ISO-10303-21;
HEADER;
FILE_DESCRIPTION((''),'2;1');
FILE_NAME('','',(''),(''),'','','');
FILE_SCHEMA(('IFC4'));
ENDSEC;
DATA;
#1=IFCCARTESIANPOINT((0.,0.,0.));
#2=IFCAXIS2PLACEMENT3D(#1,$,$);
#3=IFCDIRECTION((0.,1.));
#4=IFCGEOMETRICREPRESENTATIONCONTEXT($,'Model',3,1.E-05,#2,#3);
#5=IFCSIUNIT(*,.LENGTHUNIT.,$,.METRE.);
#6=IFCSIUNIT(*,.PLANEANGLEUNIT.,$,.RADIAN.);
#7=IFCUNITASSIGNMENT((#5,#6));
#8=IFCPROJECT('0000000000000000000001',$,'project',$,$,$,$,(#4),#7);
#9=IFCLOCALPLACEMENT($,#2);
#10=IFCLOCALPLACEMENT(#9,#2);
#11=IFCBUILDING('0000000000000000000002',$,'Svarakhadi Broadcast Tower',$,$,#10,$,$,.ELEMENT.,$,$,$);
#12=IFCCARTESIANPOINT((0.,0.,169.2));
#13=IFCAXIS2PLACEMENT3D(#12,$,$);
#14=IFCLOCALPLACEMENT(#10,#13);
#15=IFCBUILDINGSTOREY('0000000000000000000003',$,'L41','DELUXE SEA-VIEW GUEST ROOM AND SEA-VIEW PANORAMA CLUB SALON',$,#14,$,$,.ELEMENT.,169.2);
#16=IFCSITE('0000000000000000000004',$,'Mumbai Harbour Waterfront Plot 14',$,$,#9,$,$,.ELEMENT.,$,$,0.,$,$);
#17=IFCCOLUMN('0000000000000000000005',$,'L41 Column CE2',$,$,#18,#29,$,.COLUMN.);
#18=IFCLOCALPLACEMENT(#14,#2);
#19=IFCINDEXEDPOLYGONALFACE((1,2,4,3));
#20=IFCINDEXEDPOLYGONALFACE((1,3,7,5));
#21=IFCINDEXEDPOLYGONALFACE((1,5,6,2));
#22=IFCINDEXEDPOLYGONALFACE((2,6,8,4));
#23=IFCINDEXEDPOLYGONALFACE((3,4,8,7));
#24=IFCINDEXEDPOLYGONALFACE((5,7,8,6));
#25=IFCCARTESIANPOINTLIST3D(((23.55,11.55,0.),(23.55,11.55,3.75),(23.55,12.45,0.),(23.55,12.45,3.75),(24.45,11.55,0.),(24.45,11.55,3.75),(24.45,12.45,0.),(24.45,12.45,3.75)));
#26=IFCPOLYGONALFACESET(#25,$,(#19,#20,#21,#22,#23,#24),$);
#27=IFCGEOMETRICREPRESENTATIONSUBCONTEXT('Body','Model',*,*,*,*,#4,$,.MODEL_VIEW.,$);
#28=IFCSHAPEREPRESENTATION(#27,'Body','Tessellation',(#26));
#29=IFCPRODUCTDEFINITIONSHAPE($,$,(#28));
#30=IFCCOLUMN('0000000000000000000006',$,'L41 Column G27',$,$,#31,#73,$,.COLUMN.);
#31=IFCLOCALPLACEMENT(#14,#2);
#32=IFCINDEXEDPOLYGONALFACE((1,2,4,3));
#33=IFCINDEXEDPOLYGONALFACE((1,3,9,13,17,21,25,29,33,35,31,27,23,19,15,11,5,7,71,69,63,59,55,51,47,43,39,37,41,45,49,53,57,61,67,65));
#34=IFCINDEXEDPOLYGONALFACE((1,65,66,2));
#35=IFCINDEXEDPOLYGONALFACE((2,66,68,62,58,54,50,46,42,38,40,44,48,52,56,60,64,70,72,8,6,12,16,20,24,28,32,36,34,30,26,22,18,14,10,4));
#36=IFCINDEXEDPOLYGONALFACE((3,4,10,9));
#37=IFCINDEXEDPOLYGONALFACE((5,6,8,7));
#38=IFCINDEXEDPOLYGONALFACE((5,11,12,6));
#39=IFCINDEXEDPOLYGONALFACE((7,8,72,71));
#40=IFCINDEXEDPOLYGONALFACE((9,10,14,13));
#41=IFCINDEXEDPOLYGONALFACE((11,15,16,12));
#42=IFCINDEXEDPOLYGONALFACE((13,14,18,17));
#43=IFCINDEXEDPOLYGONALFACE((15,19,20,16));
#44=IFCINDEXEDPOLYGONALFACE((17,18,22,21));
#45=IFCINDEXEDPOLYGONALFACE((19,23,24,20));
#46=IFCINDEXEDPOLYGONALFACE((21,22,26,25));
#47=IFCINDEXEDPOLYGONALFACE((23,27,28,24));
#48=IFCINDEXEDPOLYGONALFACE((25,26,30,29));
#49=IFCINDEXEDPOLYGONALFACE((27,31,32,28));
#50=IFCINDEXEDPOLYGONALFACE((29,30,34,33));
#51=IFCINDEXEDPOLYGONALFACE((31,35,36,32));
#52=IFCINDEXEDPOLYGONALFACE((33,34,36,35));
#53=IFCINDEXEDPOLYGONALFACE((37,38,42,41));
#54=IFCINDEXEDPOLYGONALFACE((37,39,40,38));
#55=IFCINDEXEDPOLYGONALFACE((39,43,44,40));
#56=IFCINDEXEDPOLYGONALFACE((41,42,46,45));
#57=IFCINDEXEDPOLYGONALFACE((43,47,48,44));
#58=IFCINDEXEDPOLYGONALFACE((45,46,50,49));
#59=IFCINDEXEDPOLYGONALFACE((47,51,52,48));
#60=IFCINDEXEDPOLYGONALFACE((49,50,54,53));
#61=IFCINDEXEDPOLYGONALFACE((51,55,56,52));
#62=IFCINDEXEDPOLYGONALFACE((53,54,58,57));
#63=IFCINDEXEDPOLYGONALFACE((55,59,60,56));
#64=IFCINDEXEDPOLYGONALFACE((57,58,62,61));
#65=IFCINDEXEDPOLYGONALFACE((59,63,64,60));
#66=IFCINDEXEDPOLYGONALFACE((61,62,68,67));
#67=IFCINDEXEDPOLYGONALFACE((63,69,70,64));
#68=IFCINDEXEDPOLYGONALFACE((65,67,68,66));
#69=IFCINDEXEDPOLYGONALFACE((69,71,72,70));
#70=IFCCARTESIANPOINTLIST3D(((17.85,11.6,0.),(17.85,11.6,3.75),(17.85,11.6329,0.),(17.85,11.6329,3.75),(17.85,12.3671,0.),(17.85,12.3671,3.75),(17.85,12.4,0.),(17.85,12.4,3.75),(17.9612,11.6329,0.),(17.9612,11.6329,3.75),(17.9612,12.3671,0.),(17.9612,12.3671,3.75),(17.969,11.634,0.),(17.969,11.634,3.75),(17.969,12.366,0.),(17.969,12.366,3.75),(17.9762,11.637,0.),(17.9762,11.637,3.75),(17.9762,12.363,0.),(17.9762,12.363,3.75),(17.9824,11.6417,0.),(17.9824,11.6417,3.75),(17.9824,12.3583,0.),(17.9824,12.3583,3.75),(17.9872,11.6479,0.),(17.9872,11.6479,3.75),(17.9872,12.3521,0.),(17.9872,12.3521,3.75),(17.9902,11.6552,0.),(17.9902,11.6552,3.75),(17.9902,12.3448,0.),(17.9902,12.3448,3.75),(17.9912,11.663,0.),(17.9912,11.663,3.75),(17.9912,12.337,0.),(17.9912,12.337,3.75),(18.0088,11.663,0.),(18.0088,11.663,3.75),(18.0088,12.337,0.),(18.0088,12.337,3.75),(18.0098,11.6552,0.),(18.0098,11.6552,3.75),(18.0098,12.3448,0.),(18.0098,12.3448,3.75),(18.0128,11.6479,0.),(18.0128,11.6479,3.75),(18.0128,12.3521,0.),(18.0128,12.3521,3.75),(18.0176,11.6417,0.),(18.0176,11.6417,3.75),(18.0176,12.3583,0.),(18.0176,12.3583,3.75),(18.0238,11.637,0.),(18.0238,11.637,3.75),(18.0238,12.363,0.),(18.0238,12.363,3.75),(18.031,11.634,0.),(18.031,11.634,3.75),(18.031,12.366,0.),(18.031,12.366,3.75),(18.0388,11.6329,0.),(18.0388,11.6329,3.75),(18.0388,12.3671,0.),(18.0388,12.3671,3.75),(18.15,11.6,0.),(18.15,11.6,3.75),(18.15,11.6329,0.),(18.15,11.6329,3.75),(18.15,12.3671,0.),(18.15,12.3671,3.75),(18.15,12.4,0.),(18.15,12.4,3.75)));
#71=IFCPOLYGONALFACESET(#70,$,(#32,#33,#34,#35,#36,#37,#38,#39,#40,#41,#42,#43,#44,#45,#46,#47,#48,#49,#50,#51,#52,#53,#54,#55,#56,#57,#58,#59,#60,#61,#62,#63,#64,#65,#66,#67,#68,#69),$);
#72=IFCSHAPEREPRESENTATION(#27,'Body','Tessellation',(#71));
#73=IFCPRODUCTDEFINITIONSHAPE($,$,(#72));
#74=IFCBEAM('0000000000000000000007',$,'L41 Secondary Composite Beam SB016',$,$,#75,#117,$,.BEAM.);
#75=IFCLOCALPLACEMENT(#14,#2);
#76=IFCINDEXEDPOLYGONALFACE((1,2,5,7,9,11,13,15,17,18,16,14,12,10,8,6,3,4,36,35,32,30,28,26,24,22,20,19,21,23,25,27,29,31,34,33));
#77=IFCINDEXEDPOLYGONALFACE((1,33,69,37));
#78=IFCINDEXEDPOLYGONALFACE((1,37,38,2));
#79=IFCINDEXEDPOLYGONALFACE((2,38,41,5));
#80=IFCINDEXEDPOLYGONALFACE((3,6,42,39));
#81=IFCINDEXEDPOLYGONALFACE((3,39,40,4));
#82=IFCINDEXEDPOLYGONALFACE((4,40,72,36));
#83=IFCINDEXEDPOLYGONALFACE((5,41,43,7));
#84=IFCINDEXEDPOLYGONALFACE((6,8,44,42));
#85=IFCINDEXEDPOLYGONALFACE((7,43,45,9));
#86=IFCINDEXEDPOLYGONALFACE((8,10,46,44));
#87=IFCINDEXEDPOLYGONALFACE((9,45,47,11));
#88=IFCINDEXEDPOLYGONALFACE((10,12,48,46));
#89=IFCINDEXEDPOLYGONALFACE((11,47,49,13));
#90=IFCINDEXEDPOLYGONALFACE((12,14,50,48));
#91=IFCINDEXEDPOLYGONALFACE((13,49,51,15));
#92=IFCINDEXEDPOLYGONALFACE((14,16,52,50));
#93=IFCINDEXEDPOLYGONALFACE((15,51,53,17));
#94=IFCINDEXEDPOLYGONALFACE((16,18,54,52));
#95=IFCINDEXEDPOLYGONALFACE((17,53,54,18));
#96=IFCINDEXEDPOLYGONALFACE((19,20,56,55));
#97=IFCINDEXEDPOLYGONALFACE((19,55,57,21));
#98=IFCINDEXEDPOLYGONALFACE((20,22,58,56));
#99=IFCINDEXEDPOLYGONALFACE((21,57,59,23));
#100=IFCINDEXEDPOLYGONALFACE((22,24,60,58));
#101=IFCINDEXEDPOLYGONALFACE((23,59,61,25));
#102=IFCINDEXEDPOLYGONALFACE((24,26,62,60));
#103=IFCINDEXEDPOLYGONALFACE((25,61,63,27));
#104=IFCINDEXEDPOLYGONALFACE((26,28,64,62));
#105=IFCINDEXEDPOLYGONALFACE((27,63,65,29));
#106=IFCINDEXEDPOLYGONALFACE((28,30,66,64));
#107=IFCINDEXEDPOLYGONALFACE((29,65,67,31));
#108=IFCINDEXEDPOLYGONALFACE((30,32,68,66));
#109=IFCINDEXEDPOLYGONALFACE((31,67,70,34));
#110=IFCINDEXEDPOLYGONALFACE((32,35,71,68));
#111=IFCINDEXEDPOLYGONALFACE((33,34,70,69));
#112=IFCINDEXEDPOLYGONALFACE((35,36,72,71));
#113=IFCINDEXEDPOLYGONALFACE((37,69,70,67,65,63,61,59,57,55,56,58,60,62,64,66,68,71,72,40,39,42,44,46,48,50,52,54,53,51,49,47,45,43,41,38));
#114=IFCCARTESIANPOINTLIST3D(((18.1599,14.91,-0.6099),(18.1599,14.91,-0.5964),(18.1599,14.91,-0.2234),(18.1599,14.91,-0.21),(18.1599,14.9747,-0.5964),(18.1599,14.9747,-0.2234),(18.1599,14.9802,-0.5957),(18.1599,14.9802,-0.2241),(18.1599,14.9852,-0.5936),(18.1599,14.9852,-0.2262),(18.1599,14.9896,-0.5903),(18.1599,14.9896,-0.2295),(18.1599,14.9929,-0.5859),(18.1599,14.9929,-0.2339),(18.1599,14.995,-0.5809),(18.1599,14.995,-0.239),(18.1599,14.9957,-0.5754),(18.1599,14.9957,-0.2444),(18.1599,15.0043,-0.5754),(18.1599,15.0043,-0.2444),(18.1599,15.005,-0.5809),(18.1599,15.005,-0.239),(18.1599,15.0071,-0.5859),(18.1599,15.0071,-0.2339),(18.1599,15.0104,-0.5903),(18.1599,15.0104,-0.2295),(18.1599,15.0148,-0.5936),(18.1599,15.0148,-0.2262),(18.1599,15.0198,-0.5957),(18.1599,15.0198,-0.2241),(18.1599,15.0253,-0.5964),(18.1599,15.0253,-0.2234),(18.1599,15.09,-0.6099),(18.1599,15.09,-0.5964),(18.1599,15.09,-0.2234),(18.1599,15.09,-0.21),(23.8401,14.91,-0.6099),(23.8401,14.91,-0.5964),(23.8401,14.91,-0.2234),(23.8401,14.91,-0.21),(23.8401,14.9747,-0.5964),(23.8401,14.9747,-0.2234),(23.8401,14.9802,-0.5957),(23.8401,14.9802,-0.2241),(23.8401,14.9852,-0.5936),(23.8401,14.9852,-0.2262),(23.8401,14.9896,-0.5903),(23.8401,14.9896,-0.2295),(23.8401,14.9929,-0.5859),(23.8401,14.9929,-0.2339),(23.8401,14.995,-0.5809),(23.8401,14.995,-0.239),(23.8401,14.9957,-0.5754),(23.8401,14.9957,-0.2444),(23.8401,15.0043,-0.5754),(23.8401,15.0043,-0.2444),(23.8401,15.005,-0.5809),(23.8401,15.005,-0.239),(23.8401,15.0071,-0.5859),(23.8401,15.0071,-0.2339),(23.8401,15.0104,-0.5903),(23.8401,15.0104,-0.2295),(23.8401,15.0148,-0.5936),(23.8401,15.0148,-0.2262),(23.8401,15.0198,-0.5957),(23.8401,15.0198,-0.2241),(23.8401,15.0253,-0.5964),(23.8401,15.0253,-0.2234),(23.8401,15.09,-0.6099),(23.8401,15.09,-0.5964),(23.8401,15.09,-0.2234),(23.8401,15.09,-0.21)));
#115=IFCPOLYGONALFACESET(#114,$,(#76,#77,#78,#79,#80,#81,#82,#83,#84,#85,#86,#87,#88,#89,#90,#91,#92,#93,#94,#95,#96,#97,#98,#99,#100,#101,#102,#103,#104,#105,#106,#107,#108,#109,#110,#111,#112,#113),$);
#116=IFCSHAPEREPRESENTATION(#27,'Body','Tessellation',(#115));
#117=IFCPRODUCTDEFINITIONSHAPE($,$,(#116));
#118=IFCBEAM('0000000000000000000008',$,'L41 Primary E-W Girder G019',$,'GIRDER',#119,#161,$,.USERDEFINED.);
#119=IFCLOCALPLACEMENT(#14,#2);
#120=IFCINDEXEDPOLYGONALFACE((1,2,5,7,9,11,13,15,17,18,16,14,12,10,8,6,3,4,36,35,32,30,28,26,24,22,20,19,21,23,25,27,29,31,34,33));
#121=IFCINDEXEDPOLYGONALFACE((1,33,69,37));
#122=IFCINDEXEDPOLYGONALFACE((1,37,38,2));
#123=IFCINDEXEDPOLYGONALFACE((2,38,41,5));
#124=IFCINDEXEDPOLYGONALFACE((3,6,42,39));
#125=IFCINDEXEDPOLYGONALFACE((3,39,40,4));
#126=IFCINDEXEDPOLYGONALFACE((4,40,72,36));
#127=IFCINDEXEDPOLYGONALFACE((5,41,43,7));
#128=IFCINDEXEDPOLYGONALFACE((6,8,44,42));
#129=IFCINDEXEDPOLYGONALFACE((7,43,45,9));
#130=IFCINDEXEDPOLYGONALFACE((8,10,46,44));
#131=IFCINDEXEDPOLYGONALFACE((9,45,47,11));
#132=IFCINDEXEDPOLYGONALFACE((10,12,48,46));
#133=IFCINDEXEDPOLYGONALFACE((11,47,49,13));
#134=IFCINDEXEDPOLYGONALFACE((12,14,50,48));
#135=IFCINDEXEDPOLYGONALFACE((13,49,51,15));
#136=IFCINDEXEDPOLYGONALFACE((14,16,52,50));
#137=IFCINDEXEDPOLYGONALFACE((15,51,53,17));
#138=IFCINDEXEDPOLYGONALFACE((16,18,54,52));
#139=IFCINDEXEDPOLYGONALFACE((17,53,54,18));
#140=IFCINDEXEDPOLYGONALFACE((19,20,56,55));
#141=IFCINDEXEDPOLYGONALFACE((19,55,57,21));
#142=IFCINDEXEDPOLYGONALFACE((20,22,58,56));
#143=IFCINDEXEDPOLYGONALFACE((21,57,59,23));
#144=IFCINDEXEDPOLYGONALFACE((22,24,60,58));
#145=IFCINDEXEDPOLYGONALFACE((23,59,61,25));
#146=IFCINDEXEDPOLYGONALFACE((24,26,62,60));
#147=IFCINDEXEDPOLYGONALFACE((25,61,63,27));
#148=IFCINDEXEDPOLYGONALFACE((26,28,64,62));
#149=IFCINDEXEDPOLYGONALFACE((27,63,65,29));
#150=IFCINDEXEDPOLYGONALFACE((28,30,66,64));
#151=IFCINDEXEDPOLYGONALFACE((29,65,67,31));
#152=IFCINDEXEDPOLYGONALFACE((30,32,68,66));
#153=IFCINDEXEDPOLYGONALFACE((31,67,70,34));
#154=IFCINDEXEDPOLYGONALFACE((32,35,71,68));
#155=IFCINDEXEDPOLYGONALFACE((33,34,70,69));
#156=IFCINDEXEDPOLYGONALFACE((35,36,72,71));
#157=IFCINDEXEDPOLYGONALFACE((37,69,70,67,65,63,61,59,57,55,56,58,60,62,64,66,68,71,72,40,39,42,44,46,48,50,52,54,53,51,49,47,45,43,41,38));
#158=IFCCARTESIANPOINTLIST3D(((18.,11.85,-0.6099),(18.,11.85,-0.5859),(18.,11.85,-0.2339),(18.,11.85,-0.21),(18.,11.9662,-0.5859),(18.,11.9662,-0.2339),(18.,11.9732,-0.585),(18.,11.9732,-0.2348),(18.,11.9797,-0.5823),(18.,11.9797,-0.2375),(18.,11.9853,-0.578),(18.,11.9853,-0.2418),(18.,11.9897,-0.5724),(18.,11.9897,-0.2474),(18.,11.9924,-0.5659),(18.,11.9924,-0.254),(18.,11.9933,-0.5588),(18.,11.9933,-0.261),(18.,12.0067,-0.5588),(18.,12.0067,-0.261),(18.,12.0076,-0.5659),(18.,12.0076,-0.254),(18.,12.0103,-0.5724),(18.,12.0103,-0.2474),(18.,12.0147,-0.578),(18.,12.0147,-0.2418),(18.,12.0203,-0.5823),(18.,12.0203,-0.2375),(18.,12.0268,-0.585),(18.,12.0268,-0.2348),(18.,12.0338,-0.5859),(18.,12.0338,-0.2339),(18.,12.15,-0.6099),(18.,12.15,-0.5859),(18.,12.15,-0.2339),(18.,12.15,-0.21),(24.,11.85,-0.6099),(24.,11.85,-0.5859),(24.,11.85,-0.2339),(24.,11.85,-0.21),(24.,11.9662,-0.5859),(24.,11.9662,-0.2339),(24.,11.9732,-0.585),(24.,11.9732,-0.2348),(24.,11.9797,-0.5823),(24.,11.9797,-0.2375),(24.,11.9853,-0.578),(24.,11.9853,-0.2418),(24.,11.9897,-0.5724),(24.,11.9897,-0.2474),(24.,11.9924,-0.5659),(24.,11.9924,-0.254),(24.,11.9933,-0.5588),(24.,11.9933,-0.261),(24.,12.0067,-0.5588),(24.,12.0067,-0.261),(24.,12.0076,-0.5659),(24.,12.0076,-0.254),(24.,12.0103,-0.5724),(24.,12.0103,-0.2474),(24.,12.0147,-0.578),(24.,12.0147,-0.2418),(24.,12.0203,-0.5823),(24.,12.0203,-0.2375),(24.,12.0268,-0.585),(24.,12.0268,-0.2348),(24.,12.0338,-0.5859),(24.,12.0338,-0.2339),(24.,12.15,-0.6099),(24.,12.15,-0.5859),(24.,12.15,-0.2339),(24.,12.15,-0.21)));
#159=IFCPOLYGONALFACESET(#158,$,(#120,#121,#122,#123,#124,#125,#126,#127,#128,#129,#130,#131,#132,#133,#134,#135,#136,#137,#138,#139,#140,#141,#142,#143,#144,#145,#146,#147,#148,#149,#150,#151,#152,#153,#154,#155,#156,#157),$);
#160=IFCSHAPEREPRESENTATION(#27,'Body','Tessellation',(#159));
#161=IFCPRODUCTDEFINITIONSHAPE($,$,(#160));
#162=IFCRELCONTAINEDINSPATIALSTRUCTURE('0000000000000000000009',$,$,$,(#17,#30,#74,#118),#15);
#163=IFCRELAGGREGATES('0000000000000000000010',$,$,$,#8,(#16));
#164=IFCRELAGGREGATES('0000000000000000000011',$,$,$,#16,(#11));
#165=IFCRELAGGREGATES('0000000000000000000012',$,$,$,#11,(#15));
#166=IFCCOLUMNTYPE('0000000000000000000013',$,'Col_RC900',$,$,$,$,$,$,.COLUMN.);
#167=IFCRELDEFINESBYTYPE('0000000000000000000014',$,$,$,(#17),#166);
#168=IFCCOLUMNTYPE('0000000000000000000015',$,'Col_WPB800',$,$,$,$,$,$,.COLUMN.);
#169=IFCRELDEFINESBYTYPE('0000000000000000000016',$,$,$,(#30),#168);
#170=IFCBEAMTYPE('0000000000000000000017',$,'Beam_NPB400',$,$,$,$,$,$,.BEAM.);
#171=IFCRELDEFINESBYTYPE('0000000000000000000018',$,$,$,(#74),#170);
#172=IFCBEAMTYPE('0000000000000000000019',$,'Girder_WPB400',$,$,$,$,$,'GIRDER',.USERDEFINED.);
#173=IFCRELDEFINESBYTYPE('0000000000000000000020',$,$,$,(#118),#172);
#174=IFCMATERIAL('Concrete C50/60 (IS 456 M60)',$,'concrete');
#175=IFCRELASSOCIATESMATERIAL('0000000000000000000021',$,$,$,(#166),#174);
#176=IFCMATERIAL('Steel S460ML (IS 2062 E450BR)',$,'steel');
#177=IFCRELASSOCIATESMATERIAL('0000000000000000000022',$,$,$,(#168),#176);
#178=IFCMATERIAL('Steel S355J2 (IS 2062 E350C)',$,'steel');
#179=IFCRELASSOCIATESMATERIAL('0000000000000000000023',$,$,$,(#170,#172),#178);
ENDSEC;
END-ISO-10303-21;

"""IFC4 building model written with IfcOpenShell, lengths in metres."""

from ifc_helpers import new_model, si_unit, direction, frame, origin, origin_2d, place, context, subcontext, project, spatial, rectangle, i_section, extrude, material, material_profile, profile_set, type_object, element, save


model = new_model("IFC4")

# Units and contexts
model_context = context("Model", 3, precision=1e-05, world=origin(), true_north=direction((0.0, 1.0)))
body_context = subcontext(model_context, "Body", "Model", "MODEL_VIEW")
ifc_project = project(units=[si_unit("LENGTHUNIT", "METRE"), si_unit("PLANEANGLEUNIT", "RADIAN")], contexts=[model_context])

# Site, building, storey
site_placement = place(None, origin())
site = spatial("IfcSite", under=ifc_project, at=site_placement, Name="Mumbai Harbour Waterfront Plot 14", CompositionType="ELEMENT", RefElevation=0.0)
building_placement = place(site_placement, origin())
building = spatial("IfcBuilding", under=site, at=building_placement, Name="Svarakhadi Broadcast Tower", CompositionType="ELEMENT")
storey_placement = place(building_placement, frame((0.0, 0.0, 169.2)))
storey = spatial("IfcBuildingStorey", under=building, at=storey_placement, Name="L41", Description="DELUXE SEA-VIEW GUEST ROOM AND SEA-VIEW PANORAMA CLUB SALON", CompositionType="ELEMENT", Elevation=169.2)

# Columns
ifc_material_1 = material(Name="Concrete C50/60 (IS 456 M60)", Category="concrete")
ifc_material_profile_1 = material_profile(ifc_material_1, rectangle(XDim=0.8999, YDim=0.8999, at=origin_2d()), Name="RC 900x900")
ifc_profile_set_1 = profile_set([ifc_material_profile_1], Name="Concrete C50/60 (IS 456 M60)")
column_type_1 = type_object("IfcColumnType", Name="Col_RC900", PredefinedType="COLUMN", material=ifc_profile_set_1)
column_1_placement = place(storey_placement, frame((24.0, 12.0, 0.0), z_axis=(0.0, 0.0, 1.0), x_axis=(1.0, 0.0, 0.0)))
element("IfcColumn", 1, at=column_1_placement, inside=storey, type_object=column_type_1, Name="L41 Column CE2", PredefinedType="COLUMN", context=body_context, shape_type="SweptSolid", body=[
    extrude(rectangle(XDim=0.8999, YDim=0.8999, at=origin_2d()), origin(), (0.0, 0.0, 1.0), 3.75),
])
ifc_material_2 = material(Name="Steel S460ML (IS 2062 E450BR)", Category="steel")
ifc_material_profile_2 = material_profile(ifc_material_2, i_section(OverallWidth=0.3, OverallDepth=0.8, WebThickness=0.0176, FlangeThickness=0.033, FilletRadius=0.03, at=origin_2d()), Name="WPB 800x300x262")
ifc_profile_set_2 = profile_set([ifc_material_profile_2], Name="Steel S460ML (IS 2062 E450BR)")
column_type_2 = type_object("IfcColumnType", Name="Col_WPB800", PredefinedType="COLUMN", material=ifc_profile_set_2)
column_2_placement = place(storey_placement, frame((18.0, 12.0, 0.0), z_axis=(0.0, 0.0, 1.0), x_axis=(1.0, 0.0, 0.0)))
element("IfcColumn", 2, at=column_2_placement, inside=storey, type_object=column_type_2, Name="L41 Column G27", PredefinedType="COLUMN", context=body_context, shape_type="SweptSolid", body=[
    extrude(i_section(OverallWidth=0.3, OverallDepth=0.8, WebThickness=0.0176, FlangeThickness=0.033, FilletRadius=0.03, at=origin_2d()), origin(), (0.0, 0.0, 1.0), 3.75),
])

# Beams
ifc_material_3 = material(Name="Steel S355J2 (IS 2062 E350C)", Category="steel")
ifc_material_profile_3 = material_profile(ifc_material_3, i_section(OverallWidth=0.1799, OverallDepth=0.3999, WebThickness=0.0085, FlangeThickness=0.0134, FilletRadius=0.021, at=origin_2d()), Name="NPB 400x180x66")
ifc_profile_set_3 = profile_set([ifc_material_profile_3], Name="Steel S355J2 (IS 2062 E350C)")
beam_type_1 = type_object("IfcBeamType", Name="Beam_NPB400", PredefinedType="BEAM", material=ifc_profile_set_3)
beam_1_placement = place(storey_placement, frame((18.1599, 15.0, -0.4099), z_axis=(1.0, 0.0, 0.0), x_axis=(0.0, 1.0, 0.0)))
element("IfcBeam", 3, at=beam_1_placement, inside=storey, type_object=beam_type_1, Name="L41 Secondary Composite Beam SB016", PredefinedType="BEAM", context=body_context, shape_type="SweptSolid", body=[
    extrude(i_section(OverallWidth=0.1799, OverallDepth=0.3999, WebThickness=0.0085, FlangeThickness=0.0134, FilletRadius=0.021, at=origin_2d()), origin(), (0.0, 0.0, 1.0), 5.6802),
])
ifc_material_profile_4 = material_profile(ifc_material_3, i_section(OverallWidth=0.3, OverallDepth=0.3999, WebThickness=0.0134, FlangeThickness=0.0239, FilletRadius=0.0271, at=origin_2d()), Name="WPB 400x300x155")
ifc_profile_set_4 = profile_set([ifc_material_profile_4], Name="Steel S355J2 (IS 2062 E350C)")
beam_type_2 = type_object("IfcBeamType", Name="Girder_WPB400", ElementType="GIRDER", PredefinedType="USERDEFINED", material=ifc_profile_set_4)
for number, where, z_axis, x_axis, name in (
    (4, (18.0, 12.0, -0.4099), (1.0, 0.0, 0.0), (0.0, 1.0, 0.0), "L41 Primary E-W Girder G019"),
):
    element("IfcBeam", number, at=place(storey_placement, frame(where, z_axis=z_axis, x_axis=x_axis)), inside=storey, type_object=beam_type_2, Name=name, ObjectType="GIRDER", PredefinedType="USERDEFINED", context=body_context, shape_type="SweptSolid", body=[
        extrude(i_section(OverallWidth=0.3, OverallDepth=0.3999, WebThickness=0.0134, FlangeThickness=0.0239, FilletRadius=0.0271, at=origin_2d()), origin(), (0.0, 0.0, 1.0), 6.0),
    ])

save(model, "model.ifc")
